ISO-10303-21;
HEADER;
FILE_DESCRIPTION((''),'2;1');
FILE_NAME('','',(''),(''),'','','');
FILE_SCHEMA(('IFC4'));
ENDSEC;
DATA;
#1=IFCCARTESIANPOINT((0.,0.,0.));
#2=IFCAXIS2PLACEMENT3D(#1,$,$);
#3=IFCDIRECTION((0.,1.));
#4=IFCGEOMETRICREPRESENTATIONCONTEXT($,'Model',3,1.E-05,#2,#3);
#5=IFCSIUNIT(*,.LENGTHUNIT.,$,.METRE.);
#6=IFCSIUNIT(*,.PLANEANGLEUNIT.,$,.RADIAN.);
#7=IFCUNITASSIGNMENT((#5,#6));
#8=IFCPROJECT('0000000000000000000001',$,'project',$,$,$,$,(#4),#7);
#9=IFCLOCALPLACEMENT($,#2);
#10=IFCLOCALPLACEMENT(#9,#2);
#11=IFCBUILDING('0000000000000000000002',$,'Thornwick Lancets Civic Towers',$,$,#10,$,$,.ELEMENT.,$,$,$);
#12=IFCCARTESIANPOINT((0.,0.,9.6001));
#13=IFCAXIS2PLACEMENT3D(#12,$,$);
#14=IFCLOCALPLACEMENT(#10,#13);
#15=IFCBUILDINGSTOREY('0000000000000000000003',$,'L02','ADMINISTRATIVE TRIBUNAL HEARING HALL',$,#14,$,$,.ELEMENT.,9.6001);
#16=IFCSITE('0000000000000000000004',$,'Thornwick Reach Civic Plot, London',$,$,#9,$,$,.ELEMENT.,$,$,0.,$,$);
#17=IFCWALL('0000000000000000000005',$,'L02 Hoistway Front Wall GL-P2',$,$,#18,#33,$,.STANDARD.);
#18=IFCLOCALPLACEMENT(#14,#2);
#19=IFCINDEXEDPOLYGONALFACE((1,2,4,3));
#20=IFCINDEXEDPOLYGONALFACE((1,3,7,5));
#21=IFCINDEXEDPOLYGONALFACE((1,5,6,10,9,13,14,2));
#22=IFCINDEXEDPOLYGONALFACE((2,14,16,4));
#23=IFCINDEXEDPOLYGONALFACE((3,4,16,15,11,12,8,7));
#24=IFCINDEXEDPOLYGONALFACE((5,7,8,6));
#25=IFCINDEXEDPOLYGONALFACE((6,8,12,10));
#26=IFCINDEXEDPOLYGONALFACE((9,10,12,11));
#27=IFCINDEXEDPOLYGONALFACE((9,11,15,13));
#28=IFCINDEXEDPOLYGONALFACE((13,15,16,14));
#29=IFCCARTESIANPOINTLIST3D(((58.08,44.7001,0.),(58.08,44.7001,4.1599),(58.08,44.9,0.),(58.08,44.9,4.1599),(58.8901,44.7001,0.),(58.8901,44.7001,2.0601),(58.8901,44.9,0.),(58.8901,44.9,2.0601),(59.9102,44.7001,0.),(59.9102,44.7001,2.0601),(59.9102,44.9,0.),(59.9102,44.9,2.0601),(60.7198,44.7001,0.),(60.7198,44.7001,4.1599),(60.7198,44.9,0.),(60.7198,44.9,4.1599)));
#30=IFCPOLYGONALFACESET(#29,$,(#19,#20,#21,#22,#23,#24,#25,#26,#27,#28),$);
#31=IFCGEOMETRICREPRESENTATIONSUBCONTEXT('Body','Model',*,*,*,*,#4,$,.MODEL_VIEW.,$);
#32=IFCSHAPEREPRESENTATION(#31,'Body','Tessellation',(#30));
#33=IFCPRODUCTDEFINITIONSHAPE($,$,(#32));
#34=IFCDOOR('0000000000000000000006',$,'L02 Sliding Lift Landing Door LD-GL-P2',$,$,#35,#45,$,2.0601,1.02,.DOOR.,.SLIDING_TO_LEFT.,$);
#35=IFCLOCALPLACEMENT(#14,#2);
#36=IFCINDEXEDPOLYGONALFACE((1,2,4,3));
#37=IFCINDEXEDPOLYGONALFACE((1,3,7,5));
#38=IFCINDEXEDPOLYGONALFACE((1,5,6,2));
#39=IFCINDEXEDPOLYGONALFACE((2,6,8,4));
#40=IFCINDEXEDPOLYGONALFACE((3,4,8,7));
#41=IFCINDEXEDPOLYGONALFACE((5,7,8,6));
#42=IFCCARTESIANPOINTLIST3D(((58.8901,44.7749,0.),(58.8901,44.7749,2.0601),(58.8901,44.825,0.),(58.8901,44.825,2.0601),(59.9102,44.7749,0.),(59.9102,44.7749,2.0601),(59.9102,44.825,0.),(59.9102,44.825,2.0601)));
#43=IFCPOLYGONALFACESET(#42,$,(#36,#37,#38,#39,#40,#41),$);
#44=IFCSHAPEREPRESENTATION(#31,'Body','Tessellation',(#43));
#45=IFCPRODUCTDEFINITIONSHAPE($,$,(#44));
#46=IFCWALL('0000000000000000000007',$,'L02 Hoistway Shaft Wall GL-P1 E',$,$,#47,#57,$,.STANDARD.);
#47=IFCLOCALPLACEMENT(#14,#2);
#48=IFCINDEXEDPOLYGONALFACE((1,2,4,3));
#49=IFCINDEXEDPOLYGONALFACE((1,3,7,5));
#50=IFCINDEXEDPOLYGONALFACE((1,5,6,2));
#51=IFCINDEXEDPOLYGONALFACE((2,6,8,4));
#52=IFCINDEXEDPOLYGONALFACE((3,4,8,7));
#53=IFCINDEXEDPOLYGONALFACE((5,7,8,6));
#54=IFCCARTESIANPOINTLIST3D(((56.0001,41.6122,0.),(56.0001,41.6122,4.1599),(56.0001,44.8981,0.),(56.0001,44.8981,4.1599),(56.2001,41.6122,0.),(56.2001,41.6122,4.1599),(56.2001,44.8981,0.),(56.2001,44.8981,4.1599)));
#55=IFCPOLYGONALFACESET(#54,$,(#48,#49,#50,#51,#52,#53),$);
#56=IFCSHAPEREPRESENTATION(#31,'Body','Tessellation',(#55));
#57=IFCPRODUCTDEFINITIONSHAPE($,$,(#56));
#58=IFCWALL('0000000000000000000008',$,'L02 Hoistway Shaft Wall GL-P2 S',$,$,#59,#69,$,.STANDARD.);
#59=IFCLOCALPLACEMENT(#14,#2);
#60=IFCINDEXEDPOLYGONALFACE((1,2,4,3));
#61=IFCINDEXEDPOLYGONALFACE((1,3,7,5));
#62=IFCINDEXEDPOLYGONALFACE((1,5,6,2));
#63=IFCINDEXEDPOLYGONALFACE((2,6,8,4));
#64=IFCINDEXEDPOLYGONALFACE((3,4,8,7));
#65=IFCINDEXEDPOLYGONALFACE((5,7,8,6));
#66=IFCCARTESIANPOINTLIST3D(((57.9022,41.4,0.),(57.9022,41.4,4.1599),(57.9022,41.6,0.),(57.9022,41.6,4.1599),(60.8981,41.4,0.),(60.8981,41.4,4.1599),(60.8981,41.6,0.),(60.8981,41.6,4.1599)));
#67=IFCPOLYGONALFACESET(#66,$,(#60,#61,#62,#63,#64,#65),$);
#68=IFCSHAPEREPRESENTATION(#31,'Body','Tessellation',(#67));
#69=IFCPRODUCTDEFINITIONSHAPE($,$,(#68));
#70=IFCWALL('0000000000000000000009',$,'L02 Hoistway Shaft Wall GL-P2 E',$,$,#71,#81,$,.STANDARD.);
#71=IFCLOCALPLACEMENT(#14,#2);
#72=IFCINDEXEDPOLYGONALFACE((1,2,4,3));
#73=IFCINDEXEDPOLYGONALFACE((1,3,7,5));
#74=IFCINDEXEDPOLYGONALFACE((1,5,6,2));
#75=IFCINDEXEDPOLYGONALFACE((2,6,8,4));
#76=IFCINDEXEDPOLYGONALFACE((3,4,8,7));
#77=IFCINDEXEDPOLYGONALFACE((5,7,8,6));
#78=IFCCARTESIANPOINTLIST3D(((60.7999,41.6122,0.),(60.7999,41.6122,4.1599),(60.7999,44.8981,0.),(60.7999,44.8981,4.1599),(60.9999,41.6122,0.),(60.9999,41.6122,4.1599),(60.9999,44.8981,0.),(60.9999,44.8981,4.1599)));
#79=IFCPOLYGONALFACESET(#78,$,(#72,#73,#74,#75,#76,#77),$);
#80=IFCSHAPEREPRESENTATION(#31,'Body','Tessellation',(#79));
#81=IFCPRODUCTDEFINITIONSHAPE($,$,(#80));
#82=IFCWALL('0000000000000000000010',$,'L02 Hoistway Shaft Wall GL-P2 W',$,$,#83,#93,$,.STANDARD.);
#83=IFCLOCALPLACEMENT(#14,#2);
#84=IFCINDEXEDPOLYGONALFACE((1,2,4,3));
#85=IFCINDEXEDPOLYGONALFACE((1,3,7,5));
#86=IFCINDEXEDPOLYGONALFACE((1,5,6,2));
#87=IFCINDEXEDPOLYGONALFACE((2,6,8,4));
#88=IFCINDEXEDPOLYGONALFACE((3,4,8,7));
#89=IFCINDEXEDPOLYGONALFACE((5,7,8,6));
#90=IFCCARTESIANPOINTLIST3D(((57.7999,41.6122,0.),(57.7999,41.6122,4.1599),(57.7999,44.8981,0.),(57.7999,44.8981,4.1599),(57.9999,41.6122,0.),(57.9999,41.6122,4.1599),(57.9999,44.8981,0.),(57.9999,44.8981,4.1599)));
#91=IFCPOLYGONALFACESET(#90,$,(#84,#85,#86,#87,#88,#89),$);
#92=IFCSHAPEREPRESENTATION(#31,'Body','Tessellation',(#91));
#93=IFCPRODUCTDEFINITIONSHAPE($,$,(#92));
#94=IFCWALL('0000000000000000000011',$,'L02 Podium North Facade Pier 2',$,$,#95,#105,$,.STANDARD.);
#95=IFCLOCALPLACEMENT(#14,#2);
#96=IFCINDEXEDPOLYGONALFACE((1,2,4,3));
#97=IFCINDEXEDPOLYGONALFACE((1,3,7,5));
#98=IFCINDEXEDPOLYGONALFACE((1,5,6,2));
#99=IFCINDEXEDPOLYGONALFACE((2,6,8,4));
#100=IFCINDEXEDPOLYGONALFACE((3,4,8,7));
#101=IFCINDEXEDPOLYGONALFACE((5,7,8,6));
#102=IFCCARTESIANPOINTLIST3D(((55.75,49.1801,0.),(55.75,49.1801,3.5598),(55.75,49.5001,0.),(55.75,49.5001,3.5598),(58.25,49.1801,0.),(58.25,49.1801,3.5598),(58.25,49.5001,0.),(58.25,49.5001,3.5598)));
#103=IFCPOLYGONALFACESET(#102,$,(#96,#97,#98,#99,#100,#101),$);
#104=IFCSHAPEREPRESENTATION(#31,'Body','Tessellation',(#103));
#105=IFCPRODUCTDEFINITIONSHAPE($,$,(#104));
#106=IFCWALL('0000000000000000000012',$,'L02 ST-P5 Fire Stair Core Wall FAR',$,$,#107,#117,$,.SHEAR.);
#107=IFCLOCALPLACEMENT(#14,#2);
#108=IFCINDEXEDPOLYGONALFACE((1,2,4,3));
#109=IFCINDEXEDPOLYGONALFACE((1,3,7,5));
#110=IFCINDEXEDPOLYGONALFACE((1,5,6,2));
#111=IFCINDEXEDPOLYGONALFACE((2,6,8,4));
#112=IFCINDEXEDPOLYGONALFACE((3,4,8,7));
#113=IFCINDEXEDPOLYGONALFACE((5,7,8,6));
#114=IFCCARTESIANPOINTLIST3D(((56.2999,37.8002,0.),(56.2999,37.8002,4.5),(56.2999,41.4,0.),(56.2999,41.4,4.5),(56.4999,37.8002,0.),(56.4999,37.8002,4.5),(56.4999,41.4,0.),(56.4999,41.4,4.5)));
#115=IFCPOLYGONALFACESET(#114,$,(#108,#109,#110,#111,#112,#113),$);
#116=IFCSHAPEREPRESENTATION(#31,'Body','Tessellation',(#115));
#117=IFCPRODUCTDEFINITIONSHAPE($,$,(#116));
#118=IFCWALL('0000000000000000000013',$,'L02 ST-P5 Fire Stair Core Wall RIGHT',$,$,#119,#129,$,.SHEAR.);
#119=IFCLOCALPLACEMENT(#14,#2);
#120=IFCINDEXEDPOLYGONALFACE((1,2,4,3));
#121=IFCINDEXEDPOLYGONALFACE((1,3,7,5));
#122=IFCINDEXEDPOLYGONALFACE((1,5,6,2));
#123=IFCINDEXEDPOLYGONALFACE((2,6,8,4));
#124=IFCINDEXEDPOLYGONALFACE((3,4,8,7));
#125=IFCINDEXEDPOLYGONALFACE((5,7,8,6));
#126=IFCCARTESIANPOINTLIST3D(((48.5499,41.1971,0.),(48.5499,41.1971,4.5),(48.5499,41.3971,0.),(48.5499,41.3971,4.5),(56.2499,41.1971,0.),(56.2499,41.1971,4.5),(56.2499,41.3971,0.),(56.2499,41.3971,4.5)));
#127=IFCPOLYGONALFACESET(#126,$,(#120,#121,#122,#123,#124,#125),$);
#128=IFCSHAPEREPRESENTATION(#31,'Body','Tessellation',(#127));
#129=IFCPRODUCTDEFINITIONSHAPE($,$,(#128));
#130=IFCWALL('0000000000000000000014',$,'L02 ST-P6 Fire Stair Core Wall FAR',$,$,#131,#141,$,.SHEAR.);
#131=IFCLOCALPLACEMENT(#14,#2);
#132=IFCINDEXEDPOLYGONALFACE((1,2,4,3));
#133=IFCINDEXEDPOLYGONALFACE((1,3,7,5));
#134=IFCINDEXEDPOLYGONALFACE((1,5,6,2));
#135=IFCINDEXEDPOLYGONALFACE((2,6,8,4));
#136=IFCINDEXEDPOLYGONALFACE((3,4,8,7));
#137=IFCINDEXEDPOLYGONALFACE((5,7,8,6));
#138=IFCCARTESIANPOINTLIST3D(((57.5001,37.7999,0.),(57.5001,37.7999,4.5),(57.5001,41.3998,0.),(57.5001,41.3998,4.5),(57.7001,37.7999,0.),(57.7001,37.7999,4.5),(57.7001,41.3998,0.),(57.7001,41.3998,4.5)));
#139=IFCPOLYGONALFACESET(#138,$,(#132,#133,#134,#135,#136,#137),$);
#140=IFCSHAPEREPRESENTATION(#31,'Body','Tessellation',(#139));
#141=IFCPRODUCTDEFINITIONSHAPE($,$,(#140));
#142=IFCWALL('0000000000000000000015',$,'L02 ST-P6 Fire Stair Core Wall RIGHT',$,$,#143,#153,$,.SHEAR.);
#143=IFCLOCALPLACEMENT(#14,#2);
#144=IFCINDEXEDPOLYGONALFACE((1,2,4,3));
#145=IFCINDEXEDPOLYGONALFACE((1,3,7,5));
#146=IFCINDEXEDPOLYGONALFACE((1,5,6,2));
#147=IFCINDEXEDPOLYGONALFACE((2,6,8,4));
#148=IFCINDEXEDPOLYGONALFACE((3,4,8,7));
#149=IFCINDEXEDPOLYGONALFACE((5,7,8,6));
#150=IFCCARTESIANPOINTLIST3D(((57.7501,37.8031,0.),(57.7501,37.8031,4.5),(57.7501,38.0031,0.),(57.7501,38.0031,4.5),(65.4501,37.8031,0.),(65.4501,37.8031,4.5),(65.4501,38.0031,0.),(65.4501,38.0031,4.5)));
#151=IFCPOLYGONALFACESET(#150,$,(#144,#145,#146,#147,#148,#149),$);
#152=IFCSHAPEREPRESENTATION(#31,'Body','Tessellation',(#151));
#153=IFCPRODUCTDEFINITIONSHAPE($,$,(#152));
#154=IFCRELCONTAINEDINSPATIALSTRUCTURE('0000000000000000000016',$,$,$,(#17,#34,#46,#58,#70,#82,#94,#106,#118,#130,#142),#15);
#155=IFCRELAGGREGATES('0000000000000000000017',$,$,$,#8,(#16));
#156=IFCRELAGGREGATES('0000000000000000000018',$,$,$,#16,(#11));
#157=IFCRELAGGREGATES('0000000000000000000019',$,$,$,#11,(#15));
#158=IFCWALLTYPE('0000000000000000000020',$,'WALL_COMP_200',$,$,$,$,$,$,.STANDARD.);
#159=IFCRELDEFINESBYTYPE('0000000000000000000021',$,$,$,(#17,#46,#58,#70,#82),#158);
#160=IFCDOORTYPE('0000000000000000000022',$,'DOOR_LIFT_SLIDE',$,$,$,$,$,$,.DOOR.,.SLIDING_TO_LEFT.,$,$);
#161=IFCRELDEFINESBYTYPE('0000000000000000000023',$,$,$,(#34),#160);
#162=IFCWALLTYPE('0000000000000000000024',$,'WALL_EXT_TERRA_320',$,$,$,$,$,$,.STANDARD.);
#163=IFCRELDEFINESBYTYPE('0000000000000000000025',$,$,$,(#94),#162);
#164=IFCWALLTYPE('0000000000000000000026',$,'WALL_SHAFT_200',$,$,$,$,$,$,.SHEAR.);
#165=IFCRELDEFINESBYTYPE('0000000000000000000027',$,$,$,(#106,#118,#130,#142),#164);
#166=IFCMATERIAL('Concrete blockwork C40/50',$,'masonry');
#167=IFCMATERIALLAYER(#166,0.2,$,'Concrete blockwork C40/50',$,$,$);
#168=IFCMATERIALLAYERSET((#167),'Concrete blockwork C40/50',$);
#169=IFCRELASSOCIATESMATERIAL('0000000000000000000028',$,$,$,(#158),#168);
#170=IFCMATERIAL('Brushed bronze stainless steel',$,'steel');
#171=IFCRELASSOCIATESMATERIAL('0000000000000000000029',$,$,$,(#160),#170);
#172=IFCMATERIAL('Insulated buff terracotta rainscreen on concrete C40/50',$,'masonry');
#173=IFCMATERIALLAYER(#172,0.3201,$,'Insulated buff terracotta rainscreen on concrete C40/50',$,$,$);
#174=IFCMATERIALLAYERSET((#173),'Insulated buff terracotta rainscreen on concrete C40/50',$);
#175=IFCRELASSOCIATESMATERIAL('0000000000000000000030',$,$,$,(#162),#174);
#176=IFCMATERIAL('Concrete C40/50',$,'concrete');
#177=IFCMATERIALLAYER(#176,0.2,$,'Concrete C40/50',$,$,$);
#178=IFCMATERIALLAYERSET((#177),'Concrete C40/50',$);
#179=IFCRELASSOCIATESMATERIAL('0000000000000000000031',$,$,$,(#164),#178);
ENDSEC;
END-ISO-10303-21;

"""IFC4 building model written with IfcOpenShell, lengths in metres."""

from ifc_helpers import new_model, si_unit, direction, frame, frame_2d, origin, place, context, subcontext, project, spatial, rectangle, extrude, material, layer, layer_set, type_object, element, fill, save


model = new_model("IFC4")

# Units and contexts
model_context = context("Model", 3, precision=1e-05, world=origin(), true_north=direction((0.0, 1.0)))
body_context = subcontext(model_context, "Body", "Model", "MODEL_VIEW")
ifc_project = project(units=[si_unit("LENGTHUNIT", "METRE"), si_unit("PLANEANGLEUNIT", "RADIAN")], contexts=[model_context])

# Site, building, storey
site_placement = place(None, origin())
site = spatial("IfcSite", under=ifc_project, at=site_placement, Name="Thornwick Reach Civic Plot, London", CompositionType="ELEMENT", RefElevation=0.0)
building_placement = place(site_placement, origin())
building = spatial("IfcBuilding", under=site, at=building_placement, Name="Thornwick Lancets Civic Towers", CompositionType="ELEMENT")
storey_placement = place(building_placement, frame((0.0, 0.0, 9.6001)))
storey = spatial("IfcBuildingStorey", under=building, at=storey_placement, Name="L02", Description="ADMINISTRATIVE TRIBUNAL HEARING HALL", CompositionType="ELEMENT", Elevation=9.6001)

# Shared definitions
ifc_material_1 = material(Name="Concrete C40/50", Category="concrete")

# Wall, opening, door
ifc_material_2 = material(Name="Concrete blockwork C40/50", Category="masonry")
ifc_layer_1 = layer(ifc_material_2, 0.2, Name="Concrete blockwork C40/50")
ifc_layer_set_1 = layer_set([ifc_layer_1], Name="Concrete blockwork C40/50")
wall_type_1 = type_object("IfcWallType", Name="WALL_COMP_200", PredefinedType="STANDARD", material=ifc_layer_set_1)
wall_1_placement = place(storey_placement, frame((58.0801, 44.8, 0.0), z_axis=(0.0, 0.0, 1.0), x_axis=(1.0, 0.0, 0.0)))
wall_1 = element("IfcWall", 1, at=wall_1_placement, inside=storey, type_object=wall_type_1, Name="L02 Hoistway Front Wall GL-P2", PredefinedType="STANDARD", context=body_context, shape_type="SweptSolid", body=[
    extrude(rectangle(XDim=2.6399, YDim=0.2, at=frame_2d((1.3198, 0.0))), origin(), (0.0, 0.0, 1.0), 4.1599),
])
opening_placement = place(wall_1_placement, frame((0.8101, 0.0, 0.0)))
opening = element("IfcOpeningElement", 2, at=opening_placement, cuts=wall_1, PredefinedType="OPENING", context=body_context, shape_type="SweptSolid", body=[
    extrude(rectangle(XDim=1.02, YDim=2.0601, at=frame_2d((0.51, 1.03))), frame((0.0, 0.1099, 0.0), z_axis=(0.0, -1.0, 0.0), x_axis=(1.0, 0.0, 0.0)), (0.0, 0.0, 1.0), 0.22),
])
ifc_material_3 = material(Name="Brushed bronze stainless steel", Category="steel")
door_type = type_object("IfcDoorType", Name="DOOR_LIFT_SLIDE", OperationType="SLIDING_TO_LEFT", PredefinedType="DOOR", material=ifc_material_3)
door_placement = place(opening_placement, origin())
door = element("IfcDoor", 3, at=door_placement, inside=storey, type_object=door_type, Name="L02 Sliding Lift Landing Door LD-GL-P2", OperationType="SLIDING_TO_LEFT", OverallHeight=2.0601, OverallWidth=1.02, PredefinedType="DOOR", context=body_context, shape_type="SweptSolid", body=[
    extrude(rectangle(XDim=1.02, YDim=2.0601, at=frame_2d((0.51, 1.03))), frame((0.0, 0.0249, 0.0), z_axis=(0.0, -1.0, 0.0), x_axis=(1.0, 0.0, 0.0)), (0.0, 0.0, 1.0), 0.05),
])
fill(opening, door)

# Walls
wall_2_placement = place(storey_placement, frame((56.1001, 41.6121, 0.0), z_axis=(0.0, 0.0, 1.0), x_axis=(0.0, 1.0, 0.0)))
element("IfcWall", 4, at=wall_2_placement, inside=storey, type_object=wall_type_1, Name="L02 Hoistway Shaft Wall GL-P1 E", PredefinedType="STANDARD", context=body_context, shape_type="SweptSolid", body=[
    extrude(rectangle(XDim=3.2859, YDim=0.2, at=frame_2d((1.6431, 0.0))), origin(), (0.0, 0.0, 1.0), 4.1599),
])
wall_3_placement = place(storey_placement, frame((57.9021, 41.5, 0.0), z_axis=(0.0, 0.0, 1.0), x_axis=(1.0, 0.0, 0.0)))
element("IfcWall", 5, at=wall_3_placement, inside=storey, type_object=wall_type_1, Name="L02 Hoistway Shaft Wall GL-P2 S", PredefinedType="STANDARD", context=body_context, shape_type="SweptSolid", body=[
    extrude(rectangle(XDim=2.9958, YDim=0.2, at=frame_2d((1.498, 0.0))), origin(), (0.0, 0.0, 1.0), 4.1599),
])
for number, where, z_axis, x_axis, name in (
    (6, (60.8999, 41.6121, 0.0), (0.0, 0.0, 1.0), (0.0, 1.0, 0.0), "L02 Hoistway Shaft Wall GL-P2 E"),
    (7, (57.8999, 41.6121, 0.0), (0.0, 0.0, 1.0), (0.0, 1.0, 0.0), "L02 Hoistway Shaft Wall GL-P2 W"),
):
    element("IfcWall", number, at=place(storey_placement, frame(where, z_axis=z_axis, x_axis=x_axis)), inside=storey, type_object=wall_type_1, Name=name, PredefinedType="STANDARD", context=body_context, shape_type="SweptSolid", body=[
        extrude(rectangle(XDim=3.2859, YDim=0.2, at=frame_2d((1.6431, 0.0))), origin(), (0.0, 0.0, 1.0), 4.1599),
    ])
ifc_material_4 = material(Name="Insulated buff terracotta rainscreen on concrete C40/50", Category="masonry")
ifc_layer_2 = layer(ifc_material_4, 0.3201, Name="Insulated buff terracotta rainscreen on concrete C40/50")
ifc_layer_set_2 = layer_set([ifc_layer_2], Name="Insulated buff terracotta rainscreen on concrete C40/50")
wall_type_2 = type_object("IfcWallType", Name="WALL_EXT_TERRA_320", PredefinedType="STANDARD", material=ifc_layer_set_2)
wall_4_placement = place(storey_placement, frame((58.25, 49.3401, 0.0), z_axis=(0.0, 0.0, 1.0), x_axis=(-1.0, 0.0, 0.0)))
element("IfcWall", 8, at=wall_4_placement, inside=storey, type_object=wall_type_2, Name="L02 Podium North Facade Pier 2", PredefinedType="STANDARD", context=body_context, shape_type="SweptSolid", body=[
    extrude(rectangle(XDim=2.5, YDim=0.3201, at=frame_2d((1.25, 0.0))), origin(), (0.0, 0.0, 1.0), 3.5598),
])
ifc_layer_3 = layer(ifc_material_1, 0.2, Name="Concrete C40/50")
ifc_layer_set_3 = layer_set([ifc_layer_3], Name="Concrete C40/50")
wall_type_3 = type_object("IfcWallType", Name="WALL_SHAFT_200", PredefinedType="SHEAR", material=ifc_layer_set_3)
wall_5_placement = place(storey_placement, frame((56.3999, 41.3999, 0.0), z_axis=(0.0, 0.0, 1.0), x_axis=(0.0, -1.0, 0.0)))
element("IfcWall", 9, at=wall_5_placement, inside=storey, type_object=wall_type_3, Name="L02 ST-P5 Fire Stair Core Wall FAR", PredefinedType="SHEAR", context=body_context, shape_type="SweptSolid", body=[
    extrude(rectangle(XDim=3.5999, YDim=0.2, at=frame_2d((1.7998, 0.0))), origin(), (0.0, 0.0, 1.0), 4.5),
])
wall_6_placement = place(storey_placement, frame((56.25, 41.2971, 0.0), z_axis=(0.0, 0.0, 1.0), x_axis=(-1.0, 0.0, 0.0)))
element("IfcWall", 10, at=wall_6_placement, inside=storey, type_object=wall_type_3, Name="L02 ST-P5 Fire Stair Core Wall RIGHT", PredefinedType="SHEAR", context=body_context, shape_type="SweptSolid", body=[
    extrude(rectangle(XDim=7.7, YDim=0.2, at=frame_2d((3.8501, 0.0))), origin(), (0.0, 0.0, 1.0), 4.5),
])
wall_7_placement = place(storey_placement, frame((57.6001, 37.8, 0.0), z_axis=(0.0, 0.0, 1.0), x_axis=(0.0, 1.0, 0.0)))
element("IfcWall", 11, at=wall_7_placement, inside=storey, type_object=wall_type_3, Name="L02 ST-P6 Fire Stair Core Wall FAR", PredefinedType="SHEAR", context=body_context, shape_type="SweptSolid", body=[
    extrude(rectangle(XDim=3.5999, YDim=0.2, at=frame_2d((1.7998, 0.0))), origin(), (0.0, 0.0, 1.0), 4.5),
])
wall_8_placement = place(storey_placement, frame((57.75, 37.9031, 0.0), z_axis=(0.0, 0.0, 1.0), x_axis=(1.0, 0.0, 0.0)))
element("IfcWall", 12, at=wall_8_placement, inside=storey, type_object=wall_type_3, Name="L02 ST-P6 Fire Stair Core Wall RIGHT", PredefinedType="SHEAR", context=body_context, shape_type="SweptSolid", body=[
    extrude(rectangle(XDim=7.7, YDim=0.2, at=frame_2d((3.8501, 0.0))), origin(), (0.0, 0.0, 1.0), 4.5),
])

save(model, "model.ifc")
